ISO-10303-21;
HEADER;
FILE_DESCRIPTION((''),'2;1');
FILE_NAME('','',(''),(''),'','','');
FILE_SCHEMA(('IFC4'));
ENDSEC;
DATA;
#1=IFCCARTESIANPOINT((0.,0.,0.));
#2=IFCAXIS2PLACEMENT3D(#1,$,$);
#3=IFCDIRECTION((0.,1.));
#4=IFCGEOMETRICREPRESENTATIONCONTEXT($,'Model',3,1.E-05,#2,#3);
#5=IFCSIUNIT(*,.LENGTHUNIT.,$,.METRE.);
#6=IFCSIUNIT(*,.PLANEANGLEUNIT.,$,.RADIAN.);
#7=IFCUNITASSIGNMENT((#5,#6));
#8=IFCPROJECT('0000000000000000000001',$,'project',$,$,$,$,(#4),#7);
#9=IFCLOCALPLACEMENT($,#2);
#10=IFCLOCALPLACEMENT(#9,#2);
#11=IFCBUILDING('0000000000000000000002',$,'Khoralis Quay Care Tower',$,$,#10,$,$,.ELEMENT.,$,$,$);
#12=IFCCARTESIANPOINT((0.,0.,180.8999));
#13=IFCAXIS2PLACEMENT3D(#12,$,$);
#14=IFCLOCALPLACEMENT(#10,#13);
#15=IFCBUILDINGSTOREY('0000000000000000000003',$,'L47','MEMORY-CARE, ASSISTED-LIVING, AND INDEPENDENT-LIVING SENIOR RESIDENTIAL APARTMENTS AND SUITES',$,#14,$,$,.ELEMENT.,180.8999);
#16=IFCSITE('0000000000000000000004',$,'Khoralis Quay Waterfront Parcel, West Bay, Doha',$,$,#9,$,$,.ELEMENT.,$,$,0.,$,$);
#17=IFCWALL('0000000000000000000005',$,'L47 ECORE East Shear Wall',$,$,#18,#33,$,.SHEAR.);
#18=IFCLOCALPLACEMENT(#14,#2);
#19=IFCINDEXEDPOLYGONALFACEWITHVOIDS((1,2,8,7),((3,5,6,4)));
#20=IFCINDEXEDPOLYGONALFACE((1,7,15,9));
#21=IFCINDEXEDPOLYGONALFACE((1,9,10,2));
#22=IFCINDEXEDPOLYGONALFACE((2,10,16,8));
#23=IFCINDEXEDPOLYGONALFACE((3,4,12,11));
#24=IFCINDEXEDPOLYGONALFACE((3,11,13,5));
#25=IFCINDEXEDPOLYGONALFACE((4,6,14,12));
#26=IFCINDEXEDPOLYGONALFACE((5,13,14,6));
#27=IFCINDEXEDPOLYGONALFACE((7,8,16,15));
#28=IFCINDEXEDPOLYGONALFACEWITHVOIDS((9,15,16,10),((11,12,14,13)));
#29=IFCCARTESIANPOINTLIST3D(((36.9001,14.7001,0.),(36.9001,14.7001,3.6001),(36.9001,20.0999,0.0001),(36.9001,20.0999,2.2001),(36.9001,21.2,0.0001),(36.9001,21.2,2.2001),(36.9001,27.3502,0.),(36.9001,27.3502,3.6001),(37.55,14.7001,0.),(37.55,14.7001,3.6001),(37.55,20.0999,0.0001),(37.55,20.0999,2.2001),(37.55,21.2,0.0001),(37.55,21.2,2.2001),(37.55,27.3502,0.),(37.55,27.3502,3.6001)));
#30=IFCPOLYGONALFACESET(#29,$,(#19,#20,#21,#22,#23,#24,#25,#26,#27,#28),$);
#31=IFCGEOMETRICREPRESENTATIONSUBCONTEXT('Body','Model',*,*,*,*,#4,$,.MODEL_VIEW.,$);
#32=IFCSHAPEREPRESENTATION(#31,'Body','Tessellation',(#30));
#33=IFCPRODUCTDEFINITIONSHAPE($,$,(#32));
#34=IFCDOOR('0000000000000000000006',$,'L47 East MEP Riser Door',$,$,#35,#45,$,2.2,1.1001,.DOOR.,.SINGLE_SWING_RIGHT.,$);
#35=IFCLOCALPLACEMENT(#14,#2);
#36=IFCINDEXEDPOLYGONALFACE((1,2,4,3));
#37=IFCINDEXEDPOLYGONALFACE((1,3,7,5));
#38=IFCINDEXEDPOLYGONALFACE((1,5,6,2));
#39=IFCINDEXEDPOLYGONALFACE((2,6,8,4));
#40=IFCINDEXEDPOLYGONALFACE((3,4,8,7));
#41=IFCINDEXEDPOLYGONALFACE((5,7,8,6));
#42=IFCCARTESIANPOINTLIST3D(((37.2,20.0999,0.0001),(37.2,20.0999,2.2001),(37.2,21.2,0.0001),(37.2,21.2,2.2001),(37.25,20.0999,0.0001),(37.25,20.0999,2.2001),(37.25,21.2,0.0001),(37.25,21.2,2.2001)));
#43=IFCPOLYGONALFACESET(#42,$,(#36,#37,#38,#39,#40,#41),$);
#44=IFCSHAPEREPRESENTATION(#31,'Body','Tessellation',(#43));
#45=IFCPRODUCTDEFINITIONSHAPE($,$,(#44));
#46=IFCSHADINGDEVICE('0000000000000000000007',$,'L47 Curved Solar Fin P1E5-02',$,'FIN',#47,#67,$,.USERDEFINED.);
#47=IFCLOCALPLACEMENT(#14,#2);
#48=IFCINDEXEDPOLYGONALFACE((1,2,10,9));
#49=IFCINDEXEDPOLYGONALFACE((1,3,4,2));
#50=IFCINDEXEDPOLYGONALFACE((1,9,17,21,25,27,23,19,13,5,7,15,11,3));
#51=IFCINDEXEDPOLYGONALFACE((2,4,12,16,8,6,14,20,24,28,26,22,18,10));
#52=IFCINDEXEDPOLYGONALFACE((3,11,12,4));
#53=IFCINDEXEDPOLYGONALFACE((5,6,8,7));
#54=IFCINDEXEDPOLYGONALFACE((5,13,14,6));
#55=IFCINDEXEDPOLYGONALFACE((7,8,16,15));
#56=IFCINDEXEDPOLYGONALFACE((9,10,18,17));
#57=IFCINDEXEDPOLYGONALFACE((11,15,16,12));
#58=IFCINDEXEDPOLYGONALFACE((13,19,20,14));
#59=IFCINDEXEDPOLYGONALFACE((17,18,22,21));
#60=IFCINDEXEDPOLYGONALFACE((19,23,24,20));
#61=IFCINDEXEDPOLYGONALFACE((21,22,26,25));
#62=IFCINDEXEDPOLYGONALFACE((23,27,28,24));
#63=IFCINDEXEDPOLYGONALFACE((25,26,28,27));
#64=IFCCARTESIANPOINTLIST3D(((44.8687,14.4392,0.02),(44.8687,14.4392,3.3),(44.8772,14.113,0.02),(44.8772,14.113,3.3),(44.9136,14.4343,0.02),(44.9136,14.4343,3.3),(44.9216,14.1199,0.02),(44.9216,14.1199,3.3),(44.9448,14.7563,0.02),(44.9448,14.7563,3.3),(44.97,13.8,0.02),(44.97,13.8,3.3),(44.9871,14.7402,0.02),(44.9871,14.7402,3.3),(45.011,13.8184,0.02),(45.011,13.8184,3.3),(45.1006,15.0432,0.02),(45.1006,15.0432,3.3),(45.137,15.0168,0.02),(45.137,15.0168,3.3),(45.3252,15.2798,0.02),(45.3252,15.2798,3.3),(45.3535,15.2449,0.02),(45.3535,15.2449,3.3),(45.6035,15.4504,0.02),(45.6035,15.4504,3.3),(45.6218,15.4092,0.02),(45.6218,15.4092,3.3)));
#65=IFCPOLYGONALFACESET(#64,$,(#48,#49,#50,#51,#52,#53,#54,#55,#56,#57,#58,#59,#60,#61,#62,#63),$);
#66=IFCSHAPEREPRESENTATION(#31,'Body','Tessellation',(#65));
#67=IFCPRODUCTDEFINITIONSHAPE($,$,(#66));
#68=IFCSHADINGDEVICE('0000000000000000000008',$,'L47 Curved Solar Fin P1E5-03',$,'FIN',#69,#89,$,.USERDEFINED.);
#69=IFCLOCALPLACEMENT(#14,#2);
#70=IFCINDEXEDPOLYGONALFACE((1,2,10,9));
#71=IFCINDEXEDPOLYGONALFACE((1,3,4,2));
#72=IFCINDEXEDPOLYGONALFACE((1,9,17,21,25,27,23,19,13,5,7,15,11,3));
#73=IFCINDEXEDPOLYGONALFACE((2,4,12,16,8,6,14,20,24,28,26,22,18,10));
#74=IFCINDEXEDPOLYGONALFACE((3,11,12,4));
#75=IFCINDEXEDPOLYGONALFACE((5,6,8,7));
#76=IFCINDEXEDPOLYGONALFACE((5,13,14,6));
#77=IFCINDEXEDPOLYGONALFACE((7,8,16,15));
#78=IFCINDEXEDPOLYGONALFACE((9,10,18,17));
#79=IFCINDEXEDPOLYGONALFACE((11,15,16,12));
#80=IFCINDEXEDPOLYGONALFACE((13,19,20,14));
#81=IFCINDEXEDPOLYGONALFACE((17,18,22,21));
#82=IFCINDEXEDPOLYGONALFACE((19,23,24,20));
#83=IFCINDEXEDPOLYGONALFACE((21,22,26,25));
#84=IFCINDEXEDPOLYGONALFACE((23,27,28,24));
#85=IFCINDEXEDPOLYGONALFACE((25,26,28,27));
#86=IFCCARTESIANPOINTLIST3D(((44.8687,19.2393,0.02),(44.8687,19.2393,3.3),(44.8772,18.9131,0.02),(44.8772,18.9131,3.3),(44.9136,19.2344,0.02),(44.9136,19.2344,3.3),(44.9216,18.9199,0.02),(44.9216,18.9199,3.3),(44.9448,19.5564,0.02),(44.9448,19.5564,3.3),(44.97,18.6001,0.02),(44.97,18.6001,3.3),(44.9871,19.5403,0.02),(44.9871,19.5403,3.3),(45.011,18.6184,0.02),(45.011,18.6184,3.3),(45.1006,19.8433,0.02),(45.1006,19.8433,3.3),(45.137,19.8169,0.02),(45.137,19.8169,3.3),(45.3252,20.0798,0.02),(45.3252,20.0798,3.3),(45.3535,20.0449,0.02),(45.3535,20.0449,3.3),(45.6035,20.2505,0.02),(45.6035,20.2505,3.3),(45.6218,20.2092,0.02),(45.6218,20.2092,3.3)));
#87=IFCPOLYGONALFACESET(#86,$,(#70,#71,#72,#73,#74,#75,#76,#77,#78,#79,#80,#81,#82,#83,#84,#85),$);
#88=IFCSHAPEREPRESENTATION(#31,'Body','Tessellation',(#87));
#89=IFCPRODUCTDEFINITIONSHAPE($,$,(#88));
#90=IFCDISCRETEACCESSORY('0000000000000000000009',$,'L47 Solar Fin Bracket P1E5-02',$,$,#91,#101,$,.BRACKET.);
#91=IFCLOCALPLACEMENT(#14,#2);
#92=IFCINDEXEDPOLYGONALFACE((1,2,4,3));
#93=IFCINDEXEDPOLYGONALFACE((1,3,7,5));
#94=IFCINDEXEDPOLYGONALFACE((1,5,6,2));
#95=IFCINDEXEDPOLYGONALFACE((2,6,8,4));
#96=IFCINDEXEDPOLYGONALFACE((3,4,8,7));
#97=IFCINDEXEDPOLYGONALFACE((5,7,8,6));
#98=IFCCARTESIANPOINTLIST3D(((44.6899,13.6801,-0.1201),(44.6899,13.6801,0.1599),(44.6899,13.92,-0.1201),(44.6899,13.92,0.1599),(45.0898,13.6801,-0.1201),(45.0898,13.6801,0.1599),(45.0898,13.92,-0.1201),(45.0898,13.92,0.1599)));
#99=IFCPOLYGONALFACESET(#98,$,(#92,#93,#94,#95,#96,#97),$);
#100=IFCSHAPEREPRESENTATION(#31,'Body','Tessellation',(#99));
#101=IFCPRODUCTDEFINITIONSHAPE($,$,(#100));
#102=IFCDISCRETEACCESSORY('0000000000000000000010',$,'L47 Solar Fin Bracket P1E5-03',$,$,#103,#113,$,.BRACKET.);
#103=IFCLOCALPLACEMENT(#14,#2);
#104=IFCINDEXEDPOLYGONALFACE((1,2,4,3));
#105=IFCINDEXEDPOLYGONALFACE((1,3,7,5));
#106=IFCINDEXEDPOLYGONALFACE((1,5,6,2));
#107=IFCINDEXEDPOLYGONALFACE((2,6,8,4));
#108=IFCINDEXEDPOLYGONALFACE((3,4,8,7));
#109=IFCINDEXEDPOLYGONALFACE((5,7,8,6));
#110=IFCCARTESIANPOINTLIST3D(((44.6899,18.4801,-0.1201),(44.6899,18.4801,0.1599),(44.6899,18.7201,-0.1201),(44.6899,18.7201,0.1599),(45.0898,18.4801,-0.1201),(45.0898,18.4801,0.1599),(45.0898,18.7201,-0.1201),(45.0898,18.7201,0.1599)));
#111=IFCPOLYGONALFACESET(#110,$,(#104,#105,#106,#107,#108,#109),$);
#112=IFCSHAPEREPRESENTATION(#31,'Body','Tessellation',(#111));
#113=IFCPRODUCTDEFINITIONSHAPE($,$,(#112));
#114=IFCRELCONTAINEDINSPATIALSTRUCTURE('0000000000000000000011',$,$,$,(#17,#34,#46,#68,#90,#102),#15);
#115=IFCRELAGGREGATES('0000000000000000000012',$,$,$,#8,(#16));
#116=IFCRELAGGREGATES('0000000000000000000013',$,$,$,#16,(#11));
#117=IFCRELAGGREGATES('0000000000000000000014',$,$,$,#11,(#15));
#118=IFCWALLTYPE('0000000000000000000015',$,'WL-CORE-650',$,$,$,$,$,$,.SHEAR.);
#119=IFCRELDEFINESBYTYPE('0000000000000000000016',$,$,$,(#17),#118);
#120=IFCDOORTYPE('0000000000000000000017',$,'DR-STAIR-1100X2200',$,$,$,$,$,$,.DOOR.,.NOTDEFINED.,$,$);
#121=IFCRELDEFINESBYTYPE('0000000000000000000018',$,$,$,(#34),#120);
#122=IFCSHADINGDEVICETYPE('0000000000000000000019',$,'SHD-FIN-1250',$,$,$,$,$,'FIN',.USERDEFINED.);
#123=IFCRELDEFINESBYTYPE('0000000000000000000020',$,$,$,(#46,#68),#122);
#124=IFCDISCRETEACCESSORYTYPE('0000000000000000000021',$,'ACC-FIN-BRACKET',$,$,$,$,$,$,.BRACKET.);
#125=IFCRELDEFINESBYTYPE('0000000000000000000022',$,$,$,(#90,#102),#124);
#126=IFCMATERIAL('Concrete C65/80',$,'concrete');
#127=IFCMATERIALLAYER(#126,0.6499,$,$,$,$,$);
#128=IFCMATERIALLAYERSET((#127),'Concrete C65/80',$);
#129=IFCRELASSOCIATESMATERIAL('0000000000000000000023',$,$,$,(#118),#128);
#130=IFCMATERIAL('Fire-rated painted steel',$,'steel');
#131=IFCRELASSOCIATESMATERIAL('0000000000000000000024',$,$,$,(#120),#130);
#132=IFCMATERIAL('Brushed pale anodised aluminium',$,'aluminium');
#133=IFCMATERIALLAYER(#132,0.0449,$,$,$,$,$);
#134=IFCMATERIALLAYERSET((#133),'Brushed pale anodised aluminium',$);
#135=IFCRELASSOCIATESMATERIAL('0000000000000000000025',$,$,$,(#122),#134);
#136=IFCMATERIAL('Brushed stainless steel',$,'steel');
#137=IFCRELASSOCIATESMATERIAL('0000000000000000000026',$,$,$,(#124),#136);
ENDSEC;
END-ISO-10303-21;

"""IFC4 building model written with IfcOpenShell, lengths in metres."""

from ifc_helpers import new_model, si_unit, direction, frame, frame_2d, origin, origin_2d, place, context, subcontext, project, spatial, polyline, rectangle, outline, extrude, source, transform, mapped, material, layer, layer_set, type_object, element, fill, save


model = new_model("IFC4")

# Units and contexts
model_context = context("Model", 3, precision=1e-05, world=origin(), true_north=direction((0.0, 1.0)))
body_context = subcontext(model_context, "Body", "Model", "MODEL_VIEW")
ifc_project = project(units=[si_unit("LENGTHUNIT", "METRE"), si_unit("PLANEANGLEUNIT", "RADIAN")], contexts=[model_context])

# Site, building, storey
site_placement = place(None, origin())
site = spatial("IfcSite", under=ifc_project, at=site_placement, Name="Khoralis Quay Waterfront Parcel, West Bay, Doha", CompositionType="ELEMENT", RefElevation=0.0)
building_placement = place(site_placement, origin())
building = spatial("IfcBuilding", under=site, at=building_placement, Name="Khoralis Quay Care Tower", CompositionType="ELEMENT")
storey_placement = place(building_placement, frame((0.0, 0.0, 180.8999)))
storey = spatial("IfcBuildingStorey", under=building, at=storey_placement, Name="L47", Description="MEMORY-CARE, ASSISTED-LIVING, AND INDEPENDENT-LIVING SENIOR RESIDENTIAL APARTMENTS AND SUITES", CompositionType="ELEMENT", Elevation=180.8999)

# Shared definitions
ifc_material_1 = material(Name="Concrete C65/80", Category="concrete")

# Wall, opening, door
ifc_layer_1 = layer(ifc_material_1, 0.6499)
ifc_layer_set_1 = layer_set([ifc_layer_1], Name="Concrete C65/80")
wall_type = type_object("IfcWallType", Name="WL-CORE-650", PredefinedType="SHEAR", material=ifc_layer_set_1)
wall_placement = place(storey_placement, frame((37.2251, 14.7, 0.0), z_axis=(0.0, 0.0, 1.0), x_axis=(0.0, 1.0, 0.0)))
wall = element("IfcWall", 1, at=wall_placement, inside=storey, type_object=wall_type, Name="L47 ECORE East Shear Wall", PredefinedType="SHEAR", context=body_context, shape_type="SweptSolid", body=[
    extrude(rectangle(XDim=12.6501, YDim=0.6499, at=frame_2d((6.3252, 0.0))), origin(), (0.0, 0.0, 1.0), 3.6001),
])
opening_placement = place(wall_placement, frame((5.3999, 0.0, 0.0)))
opening = element("IfcOpeningElement", 2, at=opening_placement, cuts=wall, PredefinedType="OPENING", context=body_context, shape_type="SweptSolid", body=[
    extrude(rectangle(XDim=1.1001, YDim=2.2, at=frame_2d((0.55, 1.1001))), frame((0.0, 0.335, 0.0), z_axis=(0.0, -1.0, 0.0), x_axis=(1.0, 0.0, 0.0)), (0.0, 0.0, 1.0), 0.6699),
])
ifc_material_2 = material(Name="Fire-rated painted steel", Category="steel")
door_type = type_object("IfcDoorType", Name="DR-STAIR-1100X2200", OperationType="NOTDEFINED", PredefinedType="DOOR", material=ifc_material_2)
shared_shape_1 = source(origin(), body_context, "Body", "SweptSolid", [
    extrude(rectangle(XDim=1.1001, YDim=2.2, at=frame_2d((0.55, 1.1001))), frame((0.0, 0.0249, 0.0), z_axis=(0.0, -1.0, 0.0), x_axis=(1.0, 0.0, 0.0)), (0.0, 0.0, 1.0), 0.05),
])
door_placement = place(opening_placement, frame((1.1001, 0.0, 0.0), z_axis=(0.0, 0.0, 1.0), x_axis=(-1.0, 0.0, 0.0)))
door = element("IfcDoor", 3, at=door_placement, inside=storey, type_object=door_type, Name="L47 East MEP Riser Door", OperationType="SINGLE_SWING_RIGHT", OverallHeight=2.2, OverallWidth=1.1001, PredefinedType="DOOR", context=body_context, shape_type="MappedRepresentation", body=[
    mapped(shared_shape_1, transform((0.0, 0.0, 0.0), scale=1.0)),
])
fill(opening, door)

# Shading devices
ifc_material_3 = material(Name="Brushed pale anodised aluminium", Category="aluminium")
ifc_layer_2 = layer(ifc_material_3, 0.0449)
ifc_layer_set_2 = layer_set([ifc_layer_2], Name="Brushed pale anodised aluminium")
shading_device_type = type_object("IfcShadingDeviceType", Name="SHD-FIN-1250", ElementType="FIN", PredefinedType="USERDEFINED", material=ifc_layer_set_2)
shared_shape_2 = source(origin(), body_context, "Body", "SweptSolid", [
    extrude(outline(polyline([(0.0, 0.0), (-0.0928, 0.313), (-0.1013, 0.6392), (-0.0251, 0.9563), (0.1306, 1.2432), (0.3552, 1.4797), (0.6335, 1.6504), (0.6519, 1.6091), (0.3835, 1.4448), (0.167, 1.2168), (0.0171, 0.9402), (-0.0564, 0.6343), (-0.0483, 0.3198), (0.041, 0.0183), (0.0, 0.0)])), origin(), (0.0, 0.0, 1.0), 3.28),
])
for number, where, z_axis, x_axis, name in (
    (4, (44.97, 13.8, 0.02), (0.0, 0.0, 1.0), (1.0, 0.0, 0.0), "L47 Curved Solar Fin P1E5-02"),
    (5, (44.97, 18.6001, 0.02), (0.0, 0.0, 1.0), (1.0, 0.0, 0.0), "L47 Curved Solar Fin P1E5-03"),
):
    element("IfcShadingDevice", number, at=place(storey_placement, frame(where, z_axis=z_axis, x_axis=x_axis)), inside=storey, type_object=shading_device_type, Name=name, ObjectType="FIN", PredefinedType="USERDEFINED", context=body_context, shape_type="MappedRepresentation", body=[
        mapped(shared_shape_2, transform((0.0, 0.0, 0.0), scale=1.0)),
    ])

# Discrete accessories
ifc_material_4 = material(Name="Brushed stainless steel", Category="steel")
discrete_accessory_type = type_object("IfcDiscreteAccessoryType", Name="ACC-FIN-BRACKET", PredefinedType="BRACKET", material=ifc_material_4)
shared_shape_3 = source(origin(), body_context, "Body", "SweptSolid", [
    extrude(rectangle(XDim=0.3999, YDim=0.24, at=origin_2d()), origin(), (0.0, 0.0, 1.0), 0.28),
])
for number, where, z_axis, x_axis, name in (
    (6, (44.8899, 13.8, -0.1201), (0.0, 0.0, 1.0), (1.0, 0.0, 0.0), "L47 Solar Fin Bracket P1E5-02"),
    (7, (44.8899, 18.6001, -0.1201), (0.0, 0.0, 1.0), (1.0, 0.0, 0.0), "L47 Solar Fin Bracket P1E5-03"),
):
    element("IfcDiscreteAccessory", number, at=place(storey_placement, frame(where, z_axis=z_axis, x_axis=x_axis)), inside=storey, type_object=discrete_accessory_type, Name=name, PredefinedType="BRACKET", context=body_context, shape_type="MappedRepresentation", body=[
        mapped(shared_shape_3, transform((0.0, 0.0, 0.0), scale=1.0)),
    ])

save(model, "model.ifc")
